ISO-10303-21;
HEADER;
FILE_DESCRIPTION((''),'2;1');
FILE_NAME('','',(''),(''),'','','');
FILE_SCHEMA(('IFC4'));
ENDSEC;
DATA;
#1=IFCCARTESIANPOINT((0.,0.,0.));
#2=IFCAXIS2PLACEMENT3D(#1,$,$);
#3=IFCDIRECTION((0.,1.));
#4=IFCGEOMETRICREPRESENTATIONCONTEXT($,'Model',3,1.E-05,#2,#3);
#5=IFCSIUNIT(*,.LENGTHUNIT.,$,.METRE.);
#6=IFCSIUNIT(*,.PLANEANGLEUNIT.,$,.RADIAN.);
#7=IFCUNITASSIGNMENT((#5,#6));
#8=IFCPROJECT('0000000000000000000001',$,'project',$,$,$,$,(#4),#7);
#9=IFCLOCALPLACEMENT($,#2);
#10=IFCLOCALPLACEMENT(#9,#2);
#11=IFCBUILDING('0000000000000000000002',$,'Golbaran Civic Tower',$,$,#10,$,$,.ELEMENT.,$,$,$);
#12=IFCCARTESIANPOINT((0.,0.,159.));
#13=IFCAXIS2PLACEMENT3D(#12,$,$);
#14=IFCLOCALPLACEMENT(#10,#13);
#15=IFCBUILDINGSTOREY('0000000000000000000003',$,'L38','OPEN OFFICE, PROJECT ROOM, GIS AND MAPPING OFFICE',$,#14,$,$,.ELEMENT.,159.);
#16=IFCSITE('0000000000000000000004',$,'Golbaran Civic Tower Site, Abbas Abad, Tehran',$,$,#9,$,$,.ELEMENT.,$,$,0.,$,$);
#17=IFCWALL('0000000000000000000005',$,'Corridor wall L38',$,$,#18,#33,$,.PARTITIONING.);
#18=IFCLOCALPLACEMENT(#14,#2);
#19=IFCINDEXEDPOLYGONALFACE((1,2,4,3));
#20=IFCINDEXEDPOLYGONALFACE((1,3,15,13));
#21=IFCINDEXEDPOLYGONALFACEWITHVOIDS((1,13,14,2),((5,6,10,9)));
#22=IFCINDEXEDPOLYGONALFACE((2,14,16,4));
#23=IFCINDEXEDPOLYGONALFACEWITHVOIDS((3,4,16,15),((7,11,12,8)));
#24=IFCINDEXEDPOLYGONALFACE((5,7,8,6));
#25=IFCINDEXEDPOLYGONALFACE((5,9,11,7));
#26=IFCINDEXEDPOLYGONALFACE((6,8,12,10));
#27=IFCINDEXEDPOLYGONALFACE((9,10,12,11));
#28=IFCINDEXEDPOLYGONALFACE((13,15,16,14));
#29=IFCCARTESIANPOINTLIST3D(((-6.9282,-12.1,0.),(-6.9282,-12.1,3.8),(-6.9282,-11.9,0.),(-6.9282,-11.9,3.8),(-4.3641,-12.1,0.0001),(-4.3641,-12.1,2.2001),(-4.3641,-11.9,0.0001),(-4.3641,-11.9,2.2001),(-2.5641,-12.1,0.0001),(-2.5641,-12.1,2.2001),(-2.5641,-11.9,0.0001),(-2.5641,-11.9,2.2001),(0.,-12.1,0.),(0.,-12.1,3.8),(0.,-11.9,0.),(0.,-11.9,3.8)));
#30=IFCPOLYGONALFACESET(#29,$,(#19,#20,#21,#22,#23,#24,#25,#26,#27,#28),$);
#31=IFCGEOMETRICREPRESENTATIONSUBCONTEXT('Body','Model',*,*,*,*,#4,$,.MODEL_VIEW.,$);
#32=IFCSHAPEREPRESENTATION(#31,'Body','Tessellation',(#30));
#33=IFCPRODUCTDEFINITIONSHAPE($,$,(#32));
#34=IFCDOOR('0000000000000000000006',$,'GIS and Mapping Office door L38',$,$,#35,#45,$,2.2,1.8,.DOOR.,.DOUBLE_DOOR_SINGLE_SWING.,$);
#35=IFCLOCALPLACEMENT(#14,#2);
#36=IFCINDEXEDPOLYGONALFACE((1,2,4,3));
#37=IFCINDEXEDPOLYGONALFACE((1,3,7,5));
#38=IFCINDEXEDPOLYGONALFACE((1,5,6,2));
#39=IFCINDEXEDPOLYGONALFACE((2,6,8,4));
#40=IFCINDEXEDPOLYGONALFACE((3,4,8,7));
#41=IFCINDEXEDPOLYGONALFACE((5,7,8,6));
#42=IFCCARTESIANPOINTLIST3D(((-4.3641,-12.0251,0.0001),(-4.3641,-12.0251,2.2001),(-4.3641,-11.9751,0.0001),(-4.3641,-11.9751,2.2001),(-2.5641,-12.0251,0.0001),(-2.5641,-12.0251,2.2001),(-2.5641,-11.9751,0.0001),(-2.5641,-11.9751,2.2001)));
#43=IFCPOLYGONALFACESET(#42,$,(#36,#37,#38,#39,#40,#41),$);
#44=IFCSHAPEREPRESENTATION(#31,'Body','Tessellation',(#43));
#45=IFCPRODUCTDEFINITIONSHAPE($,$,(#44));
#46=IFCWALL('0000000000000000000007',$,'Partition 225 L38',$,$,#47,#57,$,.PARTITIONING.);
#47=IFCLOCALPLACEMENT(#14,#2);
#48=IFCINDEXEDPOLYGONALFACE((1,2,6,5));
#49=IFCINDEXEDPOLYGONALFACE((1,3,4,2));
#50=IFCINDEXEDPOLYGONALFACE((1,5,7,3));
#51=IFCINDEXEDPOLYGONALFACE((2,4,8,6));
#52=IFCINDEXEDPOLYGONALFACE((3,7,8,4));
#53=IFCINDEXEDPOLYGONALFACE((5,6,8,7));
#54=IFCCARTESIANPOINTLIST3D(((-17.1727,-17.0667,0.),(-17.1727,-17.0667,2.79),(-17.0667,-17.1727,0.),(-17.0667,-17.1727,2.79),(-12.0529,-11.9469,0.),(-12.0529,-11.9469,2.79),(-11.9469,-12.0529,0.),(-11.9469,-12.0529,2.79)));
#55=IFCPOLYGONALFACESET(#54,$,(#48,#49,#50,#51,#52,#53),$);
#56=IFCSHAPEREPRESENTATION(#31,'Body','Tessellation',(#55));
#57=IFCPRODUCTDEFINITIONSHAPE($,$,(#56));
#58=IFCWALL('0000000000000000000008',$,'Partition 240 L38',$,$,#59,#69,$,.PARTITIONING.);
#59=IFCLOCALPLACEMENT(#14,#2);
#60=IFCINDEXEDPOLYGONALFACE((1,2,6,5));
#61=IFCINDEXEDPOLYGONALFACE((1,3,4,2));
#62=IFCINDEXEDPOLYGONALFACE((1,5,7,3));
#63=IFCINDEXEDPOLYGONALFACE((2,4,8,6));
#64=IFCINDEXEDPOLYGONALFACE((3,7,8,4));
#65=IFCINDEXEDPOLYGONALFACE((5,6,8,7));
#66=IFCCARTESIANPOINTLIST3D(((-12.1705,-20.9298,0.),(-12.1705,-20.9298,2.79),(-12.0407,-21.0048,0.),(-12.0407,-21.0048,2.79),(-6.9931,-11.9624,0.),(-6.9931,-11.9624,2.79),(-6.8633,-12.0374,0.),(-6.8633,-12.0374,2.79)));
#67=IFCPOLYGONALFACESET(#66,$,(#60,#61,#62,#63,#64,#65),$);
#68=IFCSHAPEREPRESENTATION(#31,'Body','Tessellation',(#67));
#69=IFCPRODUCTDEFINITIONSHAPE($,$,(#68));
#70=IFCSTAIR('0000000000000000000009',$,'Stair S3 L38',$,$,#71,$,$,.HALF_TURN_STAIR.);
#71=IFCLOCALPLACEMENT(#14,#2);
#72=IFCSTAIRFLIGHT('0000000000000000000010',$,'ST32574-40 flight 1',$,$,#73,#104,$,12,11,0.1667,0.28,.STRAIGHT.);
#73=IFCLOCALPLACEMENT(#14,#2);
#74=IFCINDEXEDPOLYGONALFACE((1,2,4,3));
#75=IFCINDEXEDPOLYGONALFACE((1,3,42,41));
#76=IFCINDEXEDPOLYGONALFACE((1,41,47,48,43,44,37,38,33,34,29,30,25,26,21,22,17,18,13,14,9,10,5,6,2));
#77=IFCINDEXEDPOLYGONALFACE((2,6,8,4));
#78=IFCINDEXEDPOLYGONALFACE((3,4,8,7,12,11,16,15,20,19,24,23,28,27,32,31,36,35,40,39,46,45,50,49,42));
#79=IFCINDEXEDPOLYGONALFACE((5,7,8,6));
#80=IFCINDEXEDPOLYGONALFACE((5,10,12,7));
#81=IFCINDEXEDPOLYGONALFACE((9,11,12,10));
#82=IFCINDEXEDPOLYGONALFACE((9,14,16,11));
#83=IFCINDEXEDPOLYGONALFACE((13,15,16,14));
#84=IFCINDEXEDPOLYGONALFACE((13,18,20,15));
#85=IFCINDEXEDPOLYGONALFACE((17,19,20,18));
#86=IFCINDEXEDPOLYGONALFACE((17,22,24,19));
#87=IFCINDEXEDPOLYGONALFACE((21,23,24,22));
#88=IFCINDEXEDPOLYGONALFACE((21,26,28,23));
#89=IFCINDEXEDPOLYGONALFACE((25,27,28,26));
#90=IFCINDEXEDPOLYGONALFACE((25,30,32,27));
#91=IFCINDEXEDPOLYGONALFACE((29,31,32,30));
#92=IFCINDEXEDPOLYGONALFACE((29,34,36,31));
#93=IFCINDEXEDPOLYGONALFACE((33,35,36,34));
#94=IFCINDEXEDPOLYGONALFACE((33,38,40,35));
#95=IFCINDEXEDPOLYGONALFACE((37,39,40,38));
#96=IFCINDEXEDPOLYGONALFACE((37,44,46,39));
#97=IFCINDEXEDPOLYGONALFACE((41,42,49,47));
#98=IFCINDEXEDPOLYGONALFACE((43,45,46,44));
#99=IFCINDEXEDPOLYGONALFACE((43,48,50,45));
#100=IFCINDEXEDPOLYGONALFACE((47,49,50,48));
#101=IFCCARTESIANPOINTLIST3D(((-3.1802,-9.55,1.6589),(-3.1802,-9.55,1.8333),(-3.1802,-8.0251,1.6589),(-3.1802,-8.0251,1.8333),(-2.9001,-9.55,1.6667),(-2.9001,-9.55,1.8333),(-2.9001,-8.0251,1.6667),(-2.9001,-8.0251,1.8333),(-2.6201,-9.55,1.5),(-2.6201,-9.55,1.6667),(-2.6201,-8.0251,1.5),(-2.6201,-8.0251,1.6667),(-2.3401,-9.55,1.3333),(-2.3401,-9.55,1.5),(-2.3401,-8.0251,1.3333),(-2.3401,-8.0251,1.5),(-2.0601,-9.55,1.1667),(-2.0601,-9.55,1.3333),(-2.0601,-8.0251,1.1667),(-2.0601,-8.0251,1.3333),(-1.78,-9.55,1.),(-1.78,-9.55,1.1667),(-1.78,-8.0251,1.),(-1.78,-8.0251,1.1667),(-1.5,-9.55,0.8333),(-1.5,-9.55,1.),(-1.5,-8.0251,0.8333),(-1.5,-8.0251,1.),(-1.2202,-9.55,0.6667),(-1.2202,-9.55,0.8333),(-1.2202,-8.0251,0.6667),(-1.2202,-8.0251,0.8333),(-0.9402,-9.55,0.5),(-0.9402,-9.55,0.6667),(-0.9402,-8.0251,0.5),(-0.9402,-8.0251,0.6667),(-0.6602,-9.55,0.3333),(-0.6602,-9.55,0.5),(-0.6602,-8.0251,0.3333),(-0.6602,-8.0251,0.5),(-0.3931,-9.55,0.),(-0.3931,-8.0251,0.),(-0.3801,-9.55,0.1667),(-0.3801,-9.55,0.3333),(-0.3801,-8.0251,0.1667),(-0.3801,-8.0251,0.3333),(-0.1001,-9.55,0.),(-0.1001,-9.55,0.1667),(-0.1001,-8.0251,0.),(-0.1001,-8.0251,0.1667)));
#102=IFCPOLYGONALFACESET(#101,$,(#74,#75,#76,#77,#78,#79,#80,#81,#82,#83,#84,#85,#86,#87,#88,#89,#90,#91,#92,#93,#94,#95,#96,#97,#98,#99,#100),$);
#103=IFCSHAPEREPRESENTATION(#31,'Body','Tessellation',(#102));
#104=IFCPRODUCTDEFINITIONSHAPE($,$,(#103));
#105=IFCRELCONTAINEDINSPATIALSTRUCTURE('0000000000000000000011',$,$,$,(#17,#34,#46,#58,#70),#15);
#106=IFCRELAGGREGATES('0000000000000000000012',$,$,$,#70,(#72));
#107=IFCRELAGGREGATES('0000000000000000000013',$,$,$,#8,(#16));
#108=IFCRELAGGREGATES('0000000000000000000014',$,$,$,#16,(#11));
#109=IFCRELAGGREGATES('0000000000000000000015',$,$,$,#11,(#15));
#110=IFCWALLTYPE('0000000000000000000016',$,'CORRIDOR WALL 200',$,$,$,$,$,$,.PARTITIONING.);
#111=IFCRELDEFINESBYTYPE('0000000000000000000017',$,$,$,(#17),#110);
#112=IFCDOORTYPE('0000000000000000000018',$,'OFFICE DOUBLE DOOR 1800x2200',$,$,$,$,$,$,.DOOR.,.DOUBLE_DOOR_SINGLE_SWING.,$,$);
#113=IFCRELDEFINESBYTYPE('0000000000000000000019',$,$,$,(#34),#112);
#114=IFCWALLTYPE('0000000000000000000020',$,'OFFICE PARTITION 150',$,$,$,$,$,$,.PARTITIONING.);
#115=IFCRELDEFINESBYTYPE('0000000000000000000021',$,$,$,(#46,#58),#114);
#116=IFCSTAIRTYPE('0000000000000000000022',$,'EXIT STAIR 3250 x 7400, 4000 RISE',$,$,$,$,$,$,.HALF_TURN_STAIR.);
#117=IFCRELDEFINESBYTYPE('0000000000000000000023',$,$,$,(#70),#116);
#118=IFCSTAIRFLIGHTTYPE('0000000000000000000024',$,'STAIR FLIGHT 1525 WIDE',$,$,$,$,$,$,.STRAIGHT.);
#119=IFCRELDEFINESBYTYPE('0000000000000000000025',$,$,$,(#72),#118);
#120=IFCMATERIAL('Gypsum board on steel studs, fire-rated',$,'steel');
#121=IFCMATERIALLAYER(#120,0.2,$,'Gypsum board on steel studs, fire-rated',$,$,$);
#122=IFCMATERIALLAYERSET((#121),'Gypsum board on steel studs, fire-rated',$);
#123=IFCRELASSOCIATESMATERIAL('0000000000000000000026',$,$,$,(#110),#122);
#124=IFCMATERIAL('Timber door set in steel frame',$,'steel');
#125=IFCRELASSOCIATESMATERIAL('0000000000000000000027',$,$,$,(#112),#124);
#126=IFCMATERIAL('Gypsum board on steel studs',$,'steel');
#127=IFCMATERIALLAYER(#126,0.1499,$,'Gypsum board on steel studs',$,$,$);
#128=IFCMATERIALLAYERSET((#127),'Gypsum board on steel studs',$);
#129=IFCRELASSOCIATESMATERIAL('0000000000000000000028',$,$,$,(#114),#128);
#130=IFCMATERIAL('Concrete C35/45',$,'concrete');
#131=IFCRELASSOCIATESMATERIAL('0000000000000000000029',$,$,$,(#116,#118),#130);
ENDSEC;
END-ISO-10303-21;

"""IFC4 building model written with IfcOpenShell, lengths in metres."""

from ifc_helpers import new_model, si_unit, direction, frame, frame_2d, origin, place, context, subcontext, project, spatial, polyline, rectangle, outline, extrude, material, layer, layer_set, type_object, element, fill, aggregate, save


model = new_model("IFC4")

# Units and contexts
model_context = context("Model", 3, precision=1e-05, world=origin(), true_north=direction((0.0, 1.0)))
body_context = subcontext(model_context, "Body", "Model", "MODEL_VIEW")
ifc_project = project(units=[si_unit("LENGTHUNIT", "METRE"), si_unit("PLANEANGLEUNIT", "RADIAN")], contexts=[model_context])

# Site, building, storey
site_placement = place(None, origin())
site = spatial("IfcSite", under=ifc_project, at=site_placement, Name="Golbaran Civic Tower Site, Abbas Abad, Tehran", CompositionType="ELEMENT", RefElevation=0.0)
building_placement = place(site_placement, origin())
building = spatial("IfcBuilding", under=site, at=building_placement, Name="Golbaran Civic Tower", CompositionType="ELEMENT")
storey_placement = place(building_placement, frame((0.0, 0.0, 159.0)))
storey = spatial("IfcBuildingStorey", under=building, at=storey_placement, Name="L38", Description="OPEN OFFICE, PROJECT ROOM, GIS AND MAPPING OFFICE", CompositionType="ELEMENT", Elevation=159.0)

# Wall, opening, door
ifc_material_1 = material(Name="Timber door set in steel frame", Category="steel")
ifc_material_2 = material(Name="Gypsum board on steel studs, fire-rated", Category="steel")
ifc_layer_1 = layer(ifc_material_2, 0.2, Name="Gypsum board on steel studs, fire-rated")
ifc_layer_set_1 = layer_set([ifc_layer_1], Name="Gypsum board on steel studs, fire-rated")
wall_type_1 = type_object("IfcWallType", Name="CORRIDOR WALL 200", PredefinedType="PARTITIONING", material=ifc_layer_set_1)
wall_1_placement = place(storey_placement, frame((-6.9282, -12.0, 0.0), z_axis=(0.0, 0.0, 1.0), x_axis=(1.0, 0.0, 0.0)))
wall_1 = element("IfcWall", 1, at=wall_1_placement, inside=storey, type_object=wall_type_1, Name="Corridor wall L38", PredefinedType="PARTITIONING", context=body_context, shape_type="SweptSolid", body=[
    extrude(rectangle(XDim=6.9282, YDim=0.2, at=frame_2d((3.4641, 0.0))), origin(), (0.0, 0.0, 1.0), 3.8),
])
opening_1_placement = place(wall_1_placement, frame((2.5642, 0.0, 0.0)))
opening_1 = element("IfcOpeningElement", 2, at=opening_1_placement, cuts=wall_1, PredefinedType="OPENING", context=body_context, shape_type="SweptSolid", body=[
    extrude(rectangle(XDim=1.8, YDim=2.2, at=frame_2d((0.8999, 1.1001))), frame((0.0, 0.1099, 0.0), z_axis=(0.0, -1.0, 0.0), x_axis=(1.0, 0.0, 0.0)), (0.0, 0.0, 1.0), 0.22),
])
door_type_1 = type_object("IfcDoorType", Name="OFFICE DOUBLE DOOR 1800x2200", OperationType="DOUBLE_DOOR_SINGLE_SWING", PredefinedType="DOOR", material=ifc_material_1)
door_1_placement = place(opening_1_placement, origin())
door_1 = element("IfcDoor", 3, at=door_1_placement, inside=storey, type_object=door_type_1, Name="GIS and Mapping Office door L38", OperationType="DOUBLE_DOOR_SINGLE_SWING", OverallHeight=2.2, OverallWidth=1.8, PredefinedType="DOOR", context=body_context, shape_type="SweptSolid", body=[
    extrude(rectangle(XDim=1.8, YDim=2.2, at=frame_2d((0.8999, 1.1001))), frame((0.0, 0.0249, 0.0), z_axis=(0.0, -1.0, 0.0), x_axis=(1.0, 0.0, 0.0)), (0.0, 0.0, 1.0), 0.05),
])
fill(opening_1, door_1)

# Walls
ifc_material_3 = material(Name="Gypsum board on steel studs", Category="steel")
ifc_layer_2 = layer(ifc_material_3, 0.1499, Name="Gypsum board on steel studs")
ifc_layer_set_2 = layer_set([ifc_layer_2], Name="Gypsum board on steel studs")
wall_type_2 = type_object("IfcWallType", Name="OFFICE PARTITION 150", PredefinedType="PARTITIONING", material=ifc_layer_set_2)
wall_2_placement = place(storey_placement, frame((-12.0, -12.0, 0.0), z_axis=(0.0, 0.0, 1.0), x_axis=(-0.707107, -0.707107, 0.0)))
element("IfcWall", 4, at=wall_2_placement, inside=storey, type_object=wall_type_2, Name="Partition 225 L38", PredefinedType="PARTITIONING", context=body_context, shape_type="SweptSolid", body=[
    extrude(rectangle(XDim=7.2405, YDim=0.1499, at=frame_2d((3.6201, 0.0))), origin(), (0.0, 0.0, 1.0), 2.79),
])
wall_3_placement = place(storey_placement, frame((-6.9282, -12.0, 0.0), z_axis=(0.0, 0.0, 1.0), x_axis=(-0.500006, -0.866022, 0.0)))
element("IfcWall", 5, at=wall_3_placement, inside=storey, type_object=wall_type_2, Name="Partition 240 L38", PredefinedType="PARTITIONING", context=body_context, shape_type="SweptSolid", body=[
    extrude(rectangle(XDim=10.3547, YDim=0.1499, at=frame_2d((5.1772, 0.0))), origin(), (0.0, 0.0, 1.0), 2.79),
])

# Stair, stair flight
ifc_material_4 = material(Name="Concrete C35/45", Category="concrete")
stair_type = type_object("IfcStairType", Name="EXIT STAIR 3250 x 7400, 4000 RISE", PredefinedType="HALF_TURN_STAIR", material=ifc_material_4)
stair_placement = place(storey_placement, origin())
stair = element("IfcStair", 6, at=stair_placement, inside=storey, type_object=stair_type, Name="Stair S3 L38", PredefinedType="HALF_TURN_STAIR")
stair_flight_type = type_object("IfcStairFlightType", Name="STAIR FLIGHT 1525 WIDE", PredefinedType="STRAIGHT", material=ifc_material_4)
stair_flight_placement = place(storey_placement, frame((-0.1001, -8.7876, 0.0), z_axis=(0.0, 0.0, 1.0), x_axis=(-1.0, 0.0, 0.0)))
stair_flight = element("IfcStairFlight", 7, at=stair_flight_placement, type_object=stair_flight_type, Name="ST32574-40 flight 1", NumberOfRisers=12, NumberOfTreads=11, PredefinedType="STRAIGHT", RiserHeight=0.1667, TreadLength=0.28, context=body_context, shape_type="SweptSolid", body=[
    extrude(outline(polyline([(0.0, 0.0), (0.0, 0.1667), (0.28, 0.1667), (0.28, 0.3333), (0.5601, 0.3333), (0.5601, 0.5), (0.8401, 0.5), (0.8401, 0.6667), (1.1201, 0.6667), (1.1201, 0.8333), (1.3999, 0.8333), (1.3999, 1.0), (1.6799, 1.0), (1.6799, 1.1667), (1.96, 1.1667), (1.96, 1.3333), (2.24, 1.3333), (2.24, 1.5), (2.52, 1.5), (2.52, 1.6667), (2.8, 1.6667), (2.8, 1.8333), (3.0801, 1.8333), (3.0801, 2.0), (3.0801, 1.6589), (0.293, 0.0), (0.0, 0.0)])), frame((0.0, 0.7625, 0.0), z_axis=(0.0, -1.0, 0.0), x_axis=(1.0, 0.0, 0.0)), (0.0, 0.0, 1.0), 1.5249),
])
aggregate(stair, [stair_flight])

save(model, "model.ifc")
